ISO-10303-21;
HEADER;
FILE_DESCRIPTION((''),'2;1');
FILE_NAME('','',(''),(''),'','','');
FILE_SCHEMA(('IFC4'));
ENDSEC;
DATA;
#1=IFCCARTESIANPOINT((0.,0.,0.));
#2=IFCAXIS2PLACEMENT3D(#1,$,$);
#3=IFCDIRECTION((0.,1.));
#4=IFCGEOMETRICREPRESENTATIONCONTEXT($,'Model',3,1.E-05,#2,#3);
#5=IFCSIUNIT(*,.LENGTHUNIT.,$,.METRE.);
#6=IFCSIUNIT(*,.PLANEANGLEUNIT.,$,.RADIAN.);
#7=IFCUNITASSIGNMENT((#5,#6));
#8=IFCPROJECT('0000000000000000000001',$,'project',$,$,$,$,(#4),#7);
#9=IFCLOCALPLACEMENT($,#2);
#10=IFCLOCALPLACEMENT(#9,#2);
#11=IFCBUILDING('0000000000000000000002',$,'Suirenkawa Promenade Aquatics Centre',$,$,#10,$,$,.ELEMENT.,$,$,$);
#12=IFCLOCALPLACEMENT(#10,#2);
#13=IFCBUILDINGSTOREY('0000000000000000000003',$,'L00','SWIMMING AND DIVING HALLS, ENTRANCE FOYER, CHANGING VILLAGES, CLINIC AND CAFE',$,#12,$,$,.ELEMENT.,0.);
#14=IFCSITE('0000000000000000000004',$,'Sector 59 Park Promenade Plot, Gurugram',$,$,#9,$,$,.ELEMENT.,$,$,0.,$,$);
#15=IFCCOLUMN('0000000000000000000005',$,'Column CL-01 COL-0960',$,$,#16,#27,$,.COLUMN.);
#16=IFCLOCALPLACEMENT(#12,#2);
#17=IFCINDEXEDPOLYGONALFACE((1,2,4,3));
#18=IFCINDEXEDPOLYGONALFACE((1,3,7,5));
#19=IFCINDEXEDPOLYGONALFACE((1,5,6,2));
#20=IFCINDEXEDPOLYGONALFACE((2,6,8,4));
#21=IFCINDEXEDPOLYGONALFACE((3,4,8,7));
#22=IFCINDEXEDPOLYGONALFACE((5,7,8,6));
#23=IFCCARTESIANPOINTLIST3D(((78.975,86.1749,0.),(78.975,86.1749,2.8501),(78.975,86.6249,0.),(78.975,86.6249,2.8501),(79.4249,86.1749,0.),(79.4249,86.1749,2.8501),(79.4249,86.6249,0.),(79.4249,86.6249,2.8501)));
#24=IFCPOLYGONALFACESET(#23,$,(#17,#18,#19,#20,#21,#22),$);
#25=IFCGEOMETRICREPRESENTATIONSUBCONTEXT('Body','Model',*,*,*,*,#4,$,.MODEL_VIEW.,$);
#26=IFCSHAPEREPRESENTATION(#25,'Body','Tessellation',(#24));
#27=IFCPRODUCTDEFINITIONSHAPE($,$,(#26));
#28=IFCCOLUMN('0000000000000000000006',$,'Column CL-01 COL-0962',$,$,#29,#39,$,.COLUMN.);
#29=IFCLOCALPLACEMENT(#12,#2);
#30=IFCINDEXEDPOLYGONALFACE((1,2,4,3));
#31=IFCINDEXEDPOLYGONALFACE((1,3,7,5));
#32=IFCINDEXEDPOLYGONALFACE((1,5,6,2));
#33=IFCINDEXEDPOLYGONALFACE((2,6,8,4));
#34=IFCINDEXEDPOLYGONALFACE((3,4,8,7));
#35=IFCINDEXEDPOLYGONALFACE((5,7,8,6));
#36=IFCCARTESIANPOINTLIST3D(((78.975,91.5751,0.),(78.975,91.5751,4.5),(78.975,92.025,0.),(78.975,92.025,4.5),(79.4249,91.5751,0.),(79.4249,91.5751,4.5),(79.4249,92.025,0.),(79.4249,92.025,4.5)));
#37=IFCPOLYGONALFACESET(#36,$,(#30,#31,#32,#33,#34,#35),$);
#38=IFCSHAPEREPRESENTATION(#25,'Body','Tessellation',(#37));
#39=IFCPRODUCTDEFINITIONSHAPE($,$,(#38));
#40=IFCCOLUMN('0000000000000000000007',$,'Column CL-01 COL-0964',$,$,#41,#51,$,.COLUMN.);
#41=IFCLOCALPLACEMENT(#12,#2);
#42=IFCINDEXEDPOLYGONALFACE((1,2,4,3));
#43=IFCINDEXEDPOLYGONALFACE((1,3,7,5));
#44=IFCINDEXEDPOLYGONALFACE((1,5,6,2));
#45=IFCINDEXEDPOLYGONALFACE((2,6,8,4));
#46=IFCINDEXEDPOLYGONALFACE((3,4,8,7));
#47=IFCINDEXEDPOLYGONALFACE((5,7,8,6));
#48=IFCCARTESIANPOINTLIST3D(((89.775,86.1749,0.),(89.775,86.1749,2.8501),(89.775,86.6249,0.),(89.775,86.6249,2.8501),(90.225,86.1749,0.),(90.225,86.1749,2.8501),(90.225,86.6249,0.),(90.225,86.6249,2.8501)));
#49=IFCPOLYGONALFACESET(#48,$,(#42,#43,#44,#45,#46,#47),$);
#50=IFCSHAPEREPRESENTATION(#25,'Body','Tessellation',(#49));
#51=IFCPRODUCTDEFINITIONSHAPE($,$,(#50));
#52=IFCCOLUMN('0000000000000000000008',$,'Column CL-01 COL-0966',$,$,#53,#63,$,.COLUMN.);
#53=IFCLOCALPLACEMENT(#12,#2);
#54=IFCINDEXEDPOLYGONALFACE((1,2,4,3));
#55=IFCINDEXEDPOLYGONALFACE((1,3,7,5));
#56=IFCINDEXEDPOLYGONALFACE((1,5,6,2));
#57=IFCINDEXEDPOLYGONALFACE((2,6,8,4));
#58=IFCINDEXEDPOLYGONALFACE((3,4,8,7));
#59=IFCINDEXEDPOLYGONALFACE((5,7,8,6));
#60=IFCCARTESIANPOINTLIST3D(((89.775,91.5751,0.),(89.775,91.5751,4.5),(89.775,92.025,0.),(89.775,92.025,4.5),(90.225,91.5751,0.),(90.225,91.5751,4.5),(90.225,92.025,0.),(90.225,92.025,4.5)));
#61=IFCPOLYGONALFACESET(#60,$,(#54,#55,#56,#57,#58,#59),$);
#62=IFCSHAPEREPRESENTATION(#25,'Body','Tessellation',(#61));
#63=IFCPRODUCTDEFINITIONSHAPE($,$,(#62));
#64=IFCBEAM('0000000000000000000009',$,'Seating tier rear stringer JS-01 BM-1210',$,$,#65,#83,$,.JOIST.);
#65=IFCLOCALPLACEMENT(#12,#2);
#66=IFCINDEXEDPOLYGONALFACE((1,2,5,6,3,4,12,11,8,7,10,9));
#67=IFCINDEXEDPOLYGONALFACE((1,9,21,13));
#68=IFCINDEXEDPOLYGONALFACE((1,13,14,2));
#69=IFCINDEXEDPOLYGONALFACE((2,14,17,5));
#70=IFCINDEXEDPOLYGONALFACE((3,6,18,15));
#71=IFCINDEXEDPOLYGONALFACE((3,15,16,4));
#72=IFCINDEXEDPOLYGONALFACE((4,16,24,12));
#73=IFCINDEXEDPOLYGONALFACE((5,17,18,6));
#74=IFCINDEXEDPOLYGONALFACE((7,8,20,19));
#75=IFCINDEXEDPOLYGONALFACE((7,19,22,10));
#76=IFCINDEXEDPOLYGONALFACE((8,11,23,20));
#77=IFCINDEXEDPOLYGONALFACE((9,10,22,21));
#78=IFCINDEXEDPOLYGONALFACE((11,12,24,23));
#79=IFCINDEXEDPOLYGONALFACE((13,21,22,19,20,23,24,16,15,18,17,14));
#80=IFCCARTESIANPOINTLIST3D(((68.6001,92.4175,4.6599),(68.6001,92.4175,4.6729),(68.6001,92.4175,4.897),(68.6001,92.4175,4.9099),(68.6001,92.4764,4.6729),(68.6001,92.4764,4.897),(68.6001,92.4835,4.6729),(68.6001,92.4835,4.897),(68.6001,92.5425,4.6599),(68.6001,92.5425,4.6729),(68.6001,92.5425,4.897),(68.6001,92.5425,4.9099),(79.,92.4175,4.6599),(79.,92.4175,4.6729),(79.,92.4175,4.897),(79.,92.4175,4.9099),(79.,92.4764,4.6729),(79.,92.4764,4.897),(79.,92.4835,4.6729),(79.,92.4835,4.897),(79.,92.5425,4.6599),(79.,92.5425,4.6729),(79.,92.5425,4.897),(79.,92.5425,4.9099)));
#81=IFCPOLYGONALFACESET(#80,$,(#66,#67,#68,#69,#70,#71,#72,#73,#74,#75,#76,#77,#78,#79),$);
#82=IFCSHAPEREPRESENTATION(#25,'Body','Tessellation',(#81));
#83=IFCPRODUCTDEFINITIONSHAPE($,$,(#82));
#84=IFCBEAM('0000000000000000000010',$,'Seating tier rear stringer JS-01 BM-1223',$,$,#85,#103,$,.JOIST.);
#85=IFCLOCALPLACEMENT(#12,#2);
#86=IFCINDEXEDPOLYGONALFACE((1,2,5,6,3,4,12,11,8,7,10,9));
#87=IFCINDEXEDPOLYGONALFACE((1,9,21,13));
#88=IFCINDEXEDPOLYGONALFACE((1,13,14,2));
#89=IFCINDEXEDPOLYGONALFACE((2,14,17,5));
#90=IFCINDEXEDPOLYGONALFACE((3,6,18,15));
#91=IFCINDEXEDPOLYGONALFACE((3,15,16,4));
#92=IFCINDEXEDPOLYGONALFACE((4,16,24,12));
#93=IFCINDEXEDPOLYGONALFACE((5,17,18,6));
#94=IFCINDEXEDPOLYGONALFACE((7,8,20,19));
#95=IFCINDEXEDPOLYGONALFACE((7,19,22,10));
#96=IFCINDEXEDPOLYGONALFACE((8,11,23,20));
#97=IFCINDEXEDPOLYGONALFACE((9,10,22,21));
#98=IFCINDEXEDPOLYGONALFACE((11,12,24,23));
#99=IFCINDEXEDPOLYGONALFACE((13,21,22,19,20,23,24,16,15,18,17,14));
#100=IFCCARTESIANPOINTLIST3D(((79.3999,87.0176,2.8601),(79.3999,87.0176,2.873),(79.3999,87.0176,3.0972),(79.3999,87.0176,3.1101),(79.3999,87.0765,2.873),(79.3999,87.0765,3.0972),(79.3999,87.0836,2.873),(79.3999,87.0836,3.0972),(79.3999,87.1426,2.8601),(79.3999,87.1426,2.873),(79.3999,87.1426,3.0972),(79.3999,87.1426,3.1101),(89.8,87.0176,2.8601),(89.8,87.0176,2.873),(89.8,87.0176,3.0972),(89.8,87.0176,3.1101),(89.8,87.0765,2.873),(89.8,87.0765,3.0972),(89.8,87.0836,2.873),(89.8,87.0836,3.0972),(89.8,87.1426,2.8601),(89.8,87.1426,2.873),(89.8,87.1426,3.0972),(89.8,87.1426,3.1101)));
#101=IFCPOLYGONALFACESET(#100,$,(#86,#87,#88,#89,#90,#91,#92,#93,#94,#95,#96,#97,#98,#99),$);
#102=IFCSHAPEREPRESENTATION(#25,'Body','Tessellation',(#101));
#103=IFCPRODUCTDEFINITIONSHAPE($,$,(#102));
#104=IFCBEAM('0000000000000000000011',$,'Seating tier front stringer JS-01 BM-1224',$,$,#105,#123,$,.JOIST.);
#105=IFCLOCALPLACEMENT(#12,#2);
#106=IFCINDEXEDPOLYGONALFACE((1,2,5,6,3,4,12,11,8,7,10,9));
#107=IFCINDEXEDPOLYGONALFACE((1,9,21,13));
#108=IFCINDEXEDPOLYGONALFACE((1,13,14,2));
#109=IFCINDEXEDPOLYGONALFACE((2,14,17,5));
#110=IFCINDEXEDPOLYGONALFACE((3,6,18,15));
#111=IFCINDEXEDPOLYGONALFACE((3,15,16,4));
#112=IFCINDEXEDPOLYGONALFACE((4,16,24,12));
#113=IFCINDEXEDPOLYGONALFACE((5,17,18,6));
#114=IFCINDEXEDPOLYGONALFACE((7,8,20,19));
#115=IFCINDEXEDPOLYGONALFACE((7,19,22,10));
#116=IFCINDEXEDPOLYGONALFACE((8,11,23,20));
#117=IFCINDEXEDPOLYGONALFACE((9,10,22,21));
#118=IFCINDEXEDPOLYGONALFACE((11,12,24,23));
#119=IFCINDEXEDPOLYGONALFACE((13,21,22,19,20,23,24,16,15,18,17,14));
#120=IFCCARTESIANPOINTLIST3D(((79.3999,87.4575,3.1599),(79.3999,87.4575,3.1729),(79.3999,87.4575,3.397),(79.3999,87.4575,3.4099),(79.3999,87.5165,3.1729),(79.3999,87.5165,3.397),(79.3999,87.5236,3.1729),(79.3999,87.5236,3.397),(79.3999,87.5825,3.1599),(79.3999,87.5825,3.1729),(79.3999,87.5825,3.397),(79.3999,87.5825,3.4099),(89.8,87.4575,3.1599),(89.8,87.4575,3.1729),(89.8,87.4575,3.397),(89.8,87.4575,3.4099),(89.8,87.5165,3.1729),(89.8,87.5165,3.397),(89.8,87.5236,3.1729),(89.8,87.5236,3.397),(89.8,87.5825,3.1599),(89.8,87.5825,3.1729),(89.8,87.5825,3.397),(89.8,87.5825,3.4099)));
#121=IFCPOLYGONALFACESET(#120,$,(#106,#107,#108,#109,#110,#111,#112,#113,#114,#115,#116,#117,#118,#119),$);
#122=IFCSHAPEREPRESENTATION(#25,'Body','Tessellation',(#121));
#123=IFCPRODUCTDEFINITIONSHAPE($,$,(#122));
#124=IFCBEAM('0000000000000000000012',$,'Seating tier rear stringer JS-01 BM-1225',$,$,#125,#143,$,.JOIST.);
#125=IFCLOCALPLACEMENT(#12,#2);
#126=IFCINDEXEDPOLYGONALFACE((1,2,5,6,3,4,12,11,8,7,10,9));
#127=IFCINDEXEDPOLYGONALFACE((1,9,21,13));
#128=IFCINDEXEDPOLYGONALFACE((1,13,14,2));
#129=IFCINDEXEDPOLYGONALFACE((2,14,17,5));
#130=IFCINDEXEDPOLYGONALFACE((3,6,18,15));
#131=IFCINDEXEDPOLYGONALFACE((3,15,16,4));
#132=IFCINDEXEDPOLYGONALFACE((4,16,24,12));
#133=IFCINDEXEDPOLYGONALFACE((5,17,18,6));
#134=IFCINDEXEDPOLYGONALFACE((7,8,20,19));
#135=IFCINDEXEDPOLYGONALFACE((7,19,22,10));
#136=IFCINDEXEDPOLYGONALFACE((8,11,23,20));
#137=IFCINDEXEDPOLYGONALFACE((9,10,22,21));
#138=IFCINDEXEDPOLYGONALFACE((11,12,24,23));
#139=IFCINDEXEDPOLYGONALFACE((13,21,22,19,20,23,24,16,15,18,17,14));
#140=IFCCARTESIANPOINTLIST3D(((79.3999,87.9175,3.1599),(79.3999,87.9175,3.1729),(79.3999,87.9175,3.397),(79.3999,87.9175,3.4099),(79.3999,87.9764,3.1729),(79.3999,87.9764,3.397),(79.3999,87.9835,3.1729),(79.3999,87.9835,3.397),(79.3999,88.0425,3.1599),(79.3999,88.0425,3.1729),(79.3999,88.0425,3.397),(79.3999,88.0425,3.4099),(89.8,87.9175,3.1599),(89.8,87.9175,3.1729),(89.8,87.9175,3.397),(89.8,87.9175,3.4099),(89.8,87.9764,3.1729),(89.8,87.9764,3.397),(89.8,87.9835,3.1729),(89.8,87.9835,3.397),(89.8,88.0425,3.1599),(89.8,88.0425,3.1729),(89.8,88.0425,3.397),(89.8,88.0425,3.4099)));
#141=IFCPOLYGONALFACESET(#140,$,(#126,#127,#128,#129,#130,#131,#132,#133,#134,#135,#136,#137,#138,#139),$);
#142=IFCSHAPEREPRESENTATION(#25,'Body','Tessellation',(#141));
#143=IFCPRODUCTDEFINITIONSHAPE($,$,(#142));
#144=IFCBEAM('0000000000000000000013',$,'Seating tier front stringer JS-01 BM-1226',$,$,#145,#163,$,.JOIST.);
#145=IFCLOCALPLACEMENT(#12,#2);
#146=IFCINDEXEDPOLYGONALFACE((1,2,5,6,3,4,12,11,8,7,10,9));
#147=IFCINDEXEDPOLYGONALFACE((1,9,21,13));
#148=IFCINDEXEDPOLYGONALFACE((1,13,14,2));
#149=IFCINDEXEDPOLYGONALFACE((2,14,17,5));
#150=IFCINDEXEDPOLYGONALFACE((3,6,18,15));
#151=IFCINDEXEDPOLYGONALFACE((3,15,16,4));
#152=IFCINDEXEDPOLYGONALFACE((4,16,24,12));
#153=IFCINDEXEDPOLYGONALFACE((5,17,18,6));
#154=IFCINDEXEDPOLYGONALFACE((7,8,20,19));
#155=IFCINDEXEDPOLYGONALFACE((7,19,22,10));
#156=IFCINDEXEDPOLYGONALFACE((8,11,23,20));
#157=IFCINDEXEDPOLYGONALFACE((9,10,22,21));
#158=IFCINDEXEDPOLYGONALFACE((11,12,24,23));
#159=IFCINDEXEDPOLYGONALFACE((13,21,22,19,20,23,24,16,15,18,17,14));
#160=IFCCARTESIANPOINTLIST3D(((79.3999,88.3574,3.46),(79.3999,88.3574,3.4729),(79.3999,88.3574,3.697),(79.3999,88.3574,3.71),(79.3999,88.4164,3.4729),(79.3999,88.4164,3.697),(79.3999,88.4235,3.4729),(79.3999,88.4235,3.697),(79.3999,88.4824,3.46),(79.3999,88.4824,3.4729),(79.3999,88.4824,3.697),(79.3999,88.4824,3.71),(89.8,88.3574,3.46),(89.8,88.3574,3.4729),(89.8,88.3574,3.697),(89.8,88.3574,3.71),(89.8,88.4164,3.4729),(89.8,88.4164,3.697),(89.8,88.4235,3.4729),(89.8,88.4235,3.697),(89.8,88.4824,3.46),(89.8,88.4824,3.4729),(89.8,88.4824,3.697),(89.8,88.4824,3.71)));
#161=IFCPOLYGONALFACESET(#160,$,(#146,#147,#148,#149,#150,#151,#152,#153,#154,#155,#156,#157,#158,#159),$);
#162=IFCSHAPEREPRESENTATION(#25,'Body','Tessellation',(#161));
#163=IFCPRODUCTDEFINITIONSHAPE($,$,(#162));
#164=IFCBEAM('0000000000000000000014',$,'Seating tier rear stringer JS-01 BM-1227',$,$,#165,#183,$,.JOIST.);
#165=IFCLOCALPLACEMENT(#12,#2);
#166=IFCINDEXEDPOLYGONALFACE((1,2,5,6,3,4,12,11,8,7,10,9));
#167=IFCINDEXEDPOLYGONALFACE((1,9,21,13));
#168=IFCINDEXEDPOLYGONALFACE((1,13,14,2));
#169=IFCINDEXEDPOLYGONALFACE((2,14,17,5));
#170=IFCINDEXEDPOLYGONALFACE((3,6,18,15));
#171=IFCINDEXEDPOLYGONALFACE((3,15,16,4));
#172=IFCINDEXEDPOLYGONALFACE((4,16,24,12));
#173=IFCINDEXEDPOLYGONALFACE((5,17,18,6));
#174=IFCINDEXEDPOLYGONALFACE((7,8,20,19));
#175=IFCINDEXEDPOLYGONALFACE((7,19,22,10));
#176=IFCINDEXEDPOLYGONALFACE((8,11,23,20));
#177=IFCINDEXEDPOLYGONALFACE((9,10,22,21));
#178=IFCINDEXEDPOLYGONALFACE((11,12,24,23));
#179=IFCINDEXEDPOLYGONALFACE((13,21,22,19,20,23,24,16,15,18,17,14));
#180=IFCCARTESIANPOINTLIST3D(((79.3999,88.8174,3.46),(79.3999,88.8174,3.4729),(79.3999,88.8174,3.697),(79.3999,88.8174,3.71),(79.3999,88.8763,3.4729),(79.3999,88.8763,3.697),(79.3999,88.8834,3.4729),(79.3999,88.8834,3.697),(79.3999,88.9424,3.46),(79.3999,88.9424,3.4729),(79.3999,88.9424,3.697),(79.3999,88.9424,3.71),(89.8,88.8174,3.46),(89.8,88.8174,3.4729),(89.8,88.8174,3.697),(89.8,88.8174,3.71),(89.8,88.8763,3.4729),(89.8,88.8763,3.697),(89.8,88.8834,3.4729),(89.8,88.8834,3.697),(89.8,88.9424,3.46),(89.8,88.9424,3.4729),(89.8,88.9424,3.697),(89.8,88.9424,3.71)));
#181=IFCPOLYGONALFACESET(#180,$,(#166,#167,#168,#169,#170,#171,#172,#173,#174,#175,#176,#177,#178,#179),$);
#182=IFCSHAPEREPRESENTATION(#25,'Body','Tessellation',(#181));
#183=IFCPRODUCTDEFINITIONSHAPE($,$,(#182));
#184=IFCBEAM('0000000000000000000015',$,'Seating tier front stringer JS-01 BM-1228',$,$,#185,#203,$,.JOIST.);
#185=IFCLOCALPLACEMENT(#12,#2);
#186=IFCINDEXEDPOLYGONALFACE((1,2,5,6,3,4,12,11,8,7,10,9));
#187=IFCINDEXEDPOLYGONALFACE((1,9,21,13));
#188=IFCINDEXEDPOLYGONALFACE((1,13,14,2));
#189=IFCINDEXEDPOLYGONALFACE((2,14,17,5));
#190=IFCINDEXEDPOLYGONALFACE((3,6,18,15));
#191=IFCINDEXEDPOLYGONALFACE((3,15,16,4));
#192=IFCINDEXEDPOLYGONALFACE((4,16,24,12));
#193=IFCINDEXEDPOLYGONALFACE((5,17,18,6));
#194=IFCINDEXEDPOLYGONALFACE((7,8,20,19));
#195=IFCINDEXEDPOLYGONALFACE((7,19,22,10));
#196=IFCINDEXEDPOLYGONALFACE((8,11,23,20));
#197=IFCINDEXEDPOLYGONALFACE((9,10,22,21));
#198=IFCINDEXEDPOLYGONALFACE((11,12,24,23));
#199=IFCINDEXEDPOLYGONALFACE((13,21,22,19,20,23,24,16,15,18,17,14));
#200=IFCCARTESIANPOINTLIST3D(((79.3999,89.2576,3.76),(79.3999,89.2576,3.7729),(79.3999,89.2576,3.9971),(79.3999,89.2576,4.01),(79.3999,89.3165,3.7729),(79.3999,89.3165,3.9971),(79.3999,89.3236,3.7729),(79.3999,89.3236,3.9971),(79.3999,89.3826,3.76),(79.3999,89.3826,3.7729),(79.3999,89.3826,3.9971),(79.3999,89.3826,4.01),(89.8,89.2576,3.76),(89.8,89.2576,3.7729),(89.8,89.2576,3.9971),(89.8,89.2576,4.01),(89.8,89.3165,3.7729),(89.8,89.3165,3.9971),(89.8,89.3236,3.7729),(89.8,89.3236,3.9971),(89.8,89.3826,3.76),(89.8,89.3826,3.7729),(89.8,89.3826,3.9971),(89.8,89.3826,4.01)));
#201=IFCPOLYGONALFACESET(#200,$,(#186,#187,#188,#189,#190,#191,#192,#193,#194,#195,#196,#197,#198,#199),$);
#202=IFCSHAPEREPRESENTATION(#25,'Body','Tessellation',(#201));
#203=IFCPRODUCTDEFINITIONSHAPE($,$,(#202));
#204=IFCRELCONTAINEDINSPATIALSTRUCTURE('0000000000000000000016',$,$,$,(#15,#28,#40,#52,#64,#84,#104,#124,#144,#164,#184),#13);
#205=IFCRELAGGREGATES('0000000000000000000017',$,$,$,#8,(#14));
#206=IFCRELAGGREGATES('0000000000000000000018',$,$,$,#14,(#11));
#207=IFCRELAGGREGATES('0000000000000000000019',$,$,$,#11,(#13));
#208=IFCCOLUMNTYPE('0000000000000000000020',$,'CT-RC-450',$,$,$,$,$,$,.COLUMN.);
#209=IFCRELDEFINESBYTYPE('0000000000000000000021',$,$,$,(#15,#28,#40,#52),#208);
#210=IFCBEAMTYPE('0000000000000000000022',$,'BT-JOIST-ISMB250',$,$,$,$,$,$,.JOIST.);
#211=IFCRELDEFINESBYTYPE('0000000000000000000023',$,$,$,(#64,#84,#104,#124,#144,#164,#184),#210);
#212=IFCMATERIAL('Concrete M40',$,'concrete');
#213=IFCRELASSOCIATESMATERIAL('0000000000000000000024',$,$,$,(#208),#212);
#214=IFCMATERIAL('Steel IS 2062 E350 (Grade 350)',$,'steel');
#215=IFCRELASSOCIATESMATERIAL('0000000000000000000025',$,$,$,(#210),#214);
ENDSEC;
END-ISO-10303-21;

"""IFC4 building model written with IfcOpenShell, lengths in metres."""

from ifc_helpers import new_model, si_unit, direction, frame, origin, origin_2d, place, context, subcontext, project, spatial, rectangle, i_section, extrude, material, material_profile, profile_set, type_object, element, save


model = new_model("IFC4")

# Units and contexts
model_context = context("Model", 3, precision=1e-05, world=origin(), true_north=direction((0.0, 1.0)))
body_context = subcontext(model_context, "Body", "Model", "MODEL_VIEW")
ifc_project = project(units=[si_unit("LENGTHUNIT", "METRE"), si_unit("PLANEANGLEUNIT", "RADIAN")], contexts=[model_context])

# Site, building, storey
site_placement = place(None, origin())
site = spatial("IfcSite", under=ifc_project, at=site_placement, Name="Sector 59 Park Promenade Plot, Gurugram", CompositionType="ELEMENT", RefElevation=0.0)
building_placement = place(site_placement, origin())
building = spatial("IfcBuilding", under=site, at=building_placement, Name="Suirenkawa Promenade Aquatics Centre", CompositionType="ELEMENT")
storey_placement = place(building_placement, origin())
storey = spatial("IfcBuildingStorey", under=building, at=storey_placement, Name="L00", Description="SWIMMING AND DIVING HALLS, ENTRANCE FOYER, CHANGING VILLAGES, CLINIC AND CAFE", CompositionType="ELEMENT", Elevation=0.0)

# Columns
ifc_material_1 = material(Name="Concrete M40", Category="concrete")
ifc_material_profile_1 = material_profile(ifc_material_1, rectangle(XDim=0.45, YDim=0.45, at=origin_2d()), Name="RC COL 450x450", Category="concrete")
ifc_profile_set_1 = profile_set([ifc_material_profile_1], Name="Concrete M40")
column_type = type_object("IfcColumnType", Name="CT-RC-450", PredefinedType="COLUMN", material=ifc_profile_set_1)
column_1_placement = place(storey_placement, frame((79.2, 86.3999, 0.0), z_axis=(0.0, 0.0, 1.0), x_axis=(1.0, 0.0, 0.0)))
element("IfcColumn", 1, at=column_1_placement, inside=storey, type_object=column_type, Name="Column CL-01 COL-0960", PredefinedType="COLUMN", context=body_context, shape_type="SweptSolid", body=[
    extrude(rectangle(XDim=0.45, YDim=0.45, at=origin_2d()), origin(), (0.0, 0.0, 1.0), 2.8501),
])
column_2_placement = place(storey_placement, frame((79.2, 91.8, 0.0), z_axis=(0.0, 0.0, 1.0), x_axis=(1.0, 0.0, 0.0)))
element("IfcColumn", 2, at=column_2_placement, inside=storey, type_object=column_type, Name="Column CL-01 COL-0962", PredefinedType="COLUMN", context=body_context, shape_type="SweptSolid", body=[
    extrude(rectangle(XDim=0.45, YDim=0.45, at=origin_2d()), origin(), (0.0, 0.0, 1.0), 4.5),
])
column_3_placement = place(storey_placement, frame((90.0, 86.3999, 0.0), z_axis=(0.0, 0.0, 1.0), x_axis=(1.0, 0.0, 0.0)))
element("IfcColumn", 3, at=column_3_placement, inside=storey, type_object=column_type, Name="Column CL-01 COL-0964", PredefinedType="COLUMN", context=body_context, shape_type="SweptSolid", body=[
    extrude(rectangle(XDim=0.45, YDim=0.45, at=origin_2d()), origin(), (0.0, 0.0, 1.0), 2.8501),
])
column_4_placement = place(storey_placement, frame((90.0, 91.8, 0.0), z_axis=(0.0, 0.0, 1.0), x_axis=(1.0, 0.0, 0.0)))
element("IfcColumn", 4, at=column_4_placement, inside=storey, type_object=column_type, Name="Column CL-01 COL-0966", PredefinedType="COLUMN", context=body_context, shape_type="SweptSolid", body=[
    extrude(rectangle(XDim=0.45, YDim=0.45, at=origin_2d()), origin(), (0.0, 0.0, 1.0), 4.5),
])

# Beams
ifc_material_2 = material(Name="Steel IS 2062 E350 (Grade 350)", Category="steel")
ifc_material_profile_2 = material_profile(ifc_material_2, i_section(OverallWidth=0.125, OverallDepth=0.25, WebThickness=0.0071, FlangeThickness=0.0129, at=origin_2d()), Name="ISMB 250", Category="steel")
ifc_profile_set_2 = profile_set([ifc_material_profile_2], Name="Steel IS 2062 E350 (Grade 350)")
beam_type_1 = type_object("IfcBeamType", Name="BT-JOIST-ISMB250", PredefinedType="JOIST", material=ifc_profile_set_2)
beam_1_placement = place(storey_placement, frame((68.6001, 92.48, 4.7849), z_axis=(1.0, 0.0, 0.0), x_axis=(0.0, 1.0, 0.0)))
element("IfcBeam", 5, at=beam_1_placement, inside=storey, type_object=beam_type_1, Name="Seating tier rear stringer JS-01 BM-1210", PredefinedType="JOIST", context=body_context, shape_type="SweptSolid", body=[
    extrude(i_section(OverallWidth=0.125, OverallDepth=0.25, WebThickness=0.0071, FlangeThickness=0.0129, at=origin_2d()), origin(), (0.0, 0.0, 1.0), 10.3999),
])
for number, where, z_axis, x_axis, name in (
    (6, (79.3999, 87.0801, 2.9851), (1.0, 0.0, 0.0), (0.0, 1.0, 0.0), "Seating tier rear stringer JS-01 BM-1223"),
    (7, (79.3999, 87.52, 3.2849), (1.0, 0.0, 0.0), (0.0, 1.0, 0.0), "Seating tier front stringer JS-01 BM-1224"),
    (8, (79.3999, 87.98, 3.2849), (1.0, 0.0, 0.0), (0.0, 1.0, 0.0), "Seating tier rear stringer JS-01 BM-1225"),
    (9, (79.3999, 88.4199, 3.585), (1.0, 0.0, 0.0), (0.0, 1.0, 0.0), "Seating tier front stringer JS-01 BM-1226"),
    (10, (79.3999, 88.8799, 3.585), (1.0, 0.0, 0.0), (0.0, 1.0, 0.0), "Seating tier rear stringer JS-01 BM-1227"),
    (11, (79.3999, 89.3201, 3.885), (1.0, 0.0, 0.0), (0.0, 1.0, 0.0), "Seating tier front stringer JS-01 BM-1228"),
):
    element("IfcBeam", number, at=place(storey_placement, frame(where, z_axis=z_axis, x_axis=x_axis)), inside=storey, type_object=beam_type_1, Name=name, PredefinedType="JOIST", context=body_context, shape_type="SweptSolid", body=[
        extrude(i_section(OverallWidth=0.125, OverallDepth=0.25, WebThickness=0.0071, FlangeThickness=0.0129, at=origin_2d()), origin(), (0.0, 0.0, 1.0), 10.4001),
    ])

save(model, "model.ifc")
